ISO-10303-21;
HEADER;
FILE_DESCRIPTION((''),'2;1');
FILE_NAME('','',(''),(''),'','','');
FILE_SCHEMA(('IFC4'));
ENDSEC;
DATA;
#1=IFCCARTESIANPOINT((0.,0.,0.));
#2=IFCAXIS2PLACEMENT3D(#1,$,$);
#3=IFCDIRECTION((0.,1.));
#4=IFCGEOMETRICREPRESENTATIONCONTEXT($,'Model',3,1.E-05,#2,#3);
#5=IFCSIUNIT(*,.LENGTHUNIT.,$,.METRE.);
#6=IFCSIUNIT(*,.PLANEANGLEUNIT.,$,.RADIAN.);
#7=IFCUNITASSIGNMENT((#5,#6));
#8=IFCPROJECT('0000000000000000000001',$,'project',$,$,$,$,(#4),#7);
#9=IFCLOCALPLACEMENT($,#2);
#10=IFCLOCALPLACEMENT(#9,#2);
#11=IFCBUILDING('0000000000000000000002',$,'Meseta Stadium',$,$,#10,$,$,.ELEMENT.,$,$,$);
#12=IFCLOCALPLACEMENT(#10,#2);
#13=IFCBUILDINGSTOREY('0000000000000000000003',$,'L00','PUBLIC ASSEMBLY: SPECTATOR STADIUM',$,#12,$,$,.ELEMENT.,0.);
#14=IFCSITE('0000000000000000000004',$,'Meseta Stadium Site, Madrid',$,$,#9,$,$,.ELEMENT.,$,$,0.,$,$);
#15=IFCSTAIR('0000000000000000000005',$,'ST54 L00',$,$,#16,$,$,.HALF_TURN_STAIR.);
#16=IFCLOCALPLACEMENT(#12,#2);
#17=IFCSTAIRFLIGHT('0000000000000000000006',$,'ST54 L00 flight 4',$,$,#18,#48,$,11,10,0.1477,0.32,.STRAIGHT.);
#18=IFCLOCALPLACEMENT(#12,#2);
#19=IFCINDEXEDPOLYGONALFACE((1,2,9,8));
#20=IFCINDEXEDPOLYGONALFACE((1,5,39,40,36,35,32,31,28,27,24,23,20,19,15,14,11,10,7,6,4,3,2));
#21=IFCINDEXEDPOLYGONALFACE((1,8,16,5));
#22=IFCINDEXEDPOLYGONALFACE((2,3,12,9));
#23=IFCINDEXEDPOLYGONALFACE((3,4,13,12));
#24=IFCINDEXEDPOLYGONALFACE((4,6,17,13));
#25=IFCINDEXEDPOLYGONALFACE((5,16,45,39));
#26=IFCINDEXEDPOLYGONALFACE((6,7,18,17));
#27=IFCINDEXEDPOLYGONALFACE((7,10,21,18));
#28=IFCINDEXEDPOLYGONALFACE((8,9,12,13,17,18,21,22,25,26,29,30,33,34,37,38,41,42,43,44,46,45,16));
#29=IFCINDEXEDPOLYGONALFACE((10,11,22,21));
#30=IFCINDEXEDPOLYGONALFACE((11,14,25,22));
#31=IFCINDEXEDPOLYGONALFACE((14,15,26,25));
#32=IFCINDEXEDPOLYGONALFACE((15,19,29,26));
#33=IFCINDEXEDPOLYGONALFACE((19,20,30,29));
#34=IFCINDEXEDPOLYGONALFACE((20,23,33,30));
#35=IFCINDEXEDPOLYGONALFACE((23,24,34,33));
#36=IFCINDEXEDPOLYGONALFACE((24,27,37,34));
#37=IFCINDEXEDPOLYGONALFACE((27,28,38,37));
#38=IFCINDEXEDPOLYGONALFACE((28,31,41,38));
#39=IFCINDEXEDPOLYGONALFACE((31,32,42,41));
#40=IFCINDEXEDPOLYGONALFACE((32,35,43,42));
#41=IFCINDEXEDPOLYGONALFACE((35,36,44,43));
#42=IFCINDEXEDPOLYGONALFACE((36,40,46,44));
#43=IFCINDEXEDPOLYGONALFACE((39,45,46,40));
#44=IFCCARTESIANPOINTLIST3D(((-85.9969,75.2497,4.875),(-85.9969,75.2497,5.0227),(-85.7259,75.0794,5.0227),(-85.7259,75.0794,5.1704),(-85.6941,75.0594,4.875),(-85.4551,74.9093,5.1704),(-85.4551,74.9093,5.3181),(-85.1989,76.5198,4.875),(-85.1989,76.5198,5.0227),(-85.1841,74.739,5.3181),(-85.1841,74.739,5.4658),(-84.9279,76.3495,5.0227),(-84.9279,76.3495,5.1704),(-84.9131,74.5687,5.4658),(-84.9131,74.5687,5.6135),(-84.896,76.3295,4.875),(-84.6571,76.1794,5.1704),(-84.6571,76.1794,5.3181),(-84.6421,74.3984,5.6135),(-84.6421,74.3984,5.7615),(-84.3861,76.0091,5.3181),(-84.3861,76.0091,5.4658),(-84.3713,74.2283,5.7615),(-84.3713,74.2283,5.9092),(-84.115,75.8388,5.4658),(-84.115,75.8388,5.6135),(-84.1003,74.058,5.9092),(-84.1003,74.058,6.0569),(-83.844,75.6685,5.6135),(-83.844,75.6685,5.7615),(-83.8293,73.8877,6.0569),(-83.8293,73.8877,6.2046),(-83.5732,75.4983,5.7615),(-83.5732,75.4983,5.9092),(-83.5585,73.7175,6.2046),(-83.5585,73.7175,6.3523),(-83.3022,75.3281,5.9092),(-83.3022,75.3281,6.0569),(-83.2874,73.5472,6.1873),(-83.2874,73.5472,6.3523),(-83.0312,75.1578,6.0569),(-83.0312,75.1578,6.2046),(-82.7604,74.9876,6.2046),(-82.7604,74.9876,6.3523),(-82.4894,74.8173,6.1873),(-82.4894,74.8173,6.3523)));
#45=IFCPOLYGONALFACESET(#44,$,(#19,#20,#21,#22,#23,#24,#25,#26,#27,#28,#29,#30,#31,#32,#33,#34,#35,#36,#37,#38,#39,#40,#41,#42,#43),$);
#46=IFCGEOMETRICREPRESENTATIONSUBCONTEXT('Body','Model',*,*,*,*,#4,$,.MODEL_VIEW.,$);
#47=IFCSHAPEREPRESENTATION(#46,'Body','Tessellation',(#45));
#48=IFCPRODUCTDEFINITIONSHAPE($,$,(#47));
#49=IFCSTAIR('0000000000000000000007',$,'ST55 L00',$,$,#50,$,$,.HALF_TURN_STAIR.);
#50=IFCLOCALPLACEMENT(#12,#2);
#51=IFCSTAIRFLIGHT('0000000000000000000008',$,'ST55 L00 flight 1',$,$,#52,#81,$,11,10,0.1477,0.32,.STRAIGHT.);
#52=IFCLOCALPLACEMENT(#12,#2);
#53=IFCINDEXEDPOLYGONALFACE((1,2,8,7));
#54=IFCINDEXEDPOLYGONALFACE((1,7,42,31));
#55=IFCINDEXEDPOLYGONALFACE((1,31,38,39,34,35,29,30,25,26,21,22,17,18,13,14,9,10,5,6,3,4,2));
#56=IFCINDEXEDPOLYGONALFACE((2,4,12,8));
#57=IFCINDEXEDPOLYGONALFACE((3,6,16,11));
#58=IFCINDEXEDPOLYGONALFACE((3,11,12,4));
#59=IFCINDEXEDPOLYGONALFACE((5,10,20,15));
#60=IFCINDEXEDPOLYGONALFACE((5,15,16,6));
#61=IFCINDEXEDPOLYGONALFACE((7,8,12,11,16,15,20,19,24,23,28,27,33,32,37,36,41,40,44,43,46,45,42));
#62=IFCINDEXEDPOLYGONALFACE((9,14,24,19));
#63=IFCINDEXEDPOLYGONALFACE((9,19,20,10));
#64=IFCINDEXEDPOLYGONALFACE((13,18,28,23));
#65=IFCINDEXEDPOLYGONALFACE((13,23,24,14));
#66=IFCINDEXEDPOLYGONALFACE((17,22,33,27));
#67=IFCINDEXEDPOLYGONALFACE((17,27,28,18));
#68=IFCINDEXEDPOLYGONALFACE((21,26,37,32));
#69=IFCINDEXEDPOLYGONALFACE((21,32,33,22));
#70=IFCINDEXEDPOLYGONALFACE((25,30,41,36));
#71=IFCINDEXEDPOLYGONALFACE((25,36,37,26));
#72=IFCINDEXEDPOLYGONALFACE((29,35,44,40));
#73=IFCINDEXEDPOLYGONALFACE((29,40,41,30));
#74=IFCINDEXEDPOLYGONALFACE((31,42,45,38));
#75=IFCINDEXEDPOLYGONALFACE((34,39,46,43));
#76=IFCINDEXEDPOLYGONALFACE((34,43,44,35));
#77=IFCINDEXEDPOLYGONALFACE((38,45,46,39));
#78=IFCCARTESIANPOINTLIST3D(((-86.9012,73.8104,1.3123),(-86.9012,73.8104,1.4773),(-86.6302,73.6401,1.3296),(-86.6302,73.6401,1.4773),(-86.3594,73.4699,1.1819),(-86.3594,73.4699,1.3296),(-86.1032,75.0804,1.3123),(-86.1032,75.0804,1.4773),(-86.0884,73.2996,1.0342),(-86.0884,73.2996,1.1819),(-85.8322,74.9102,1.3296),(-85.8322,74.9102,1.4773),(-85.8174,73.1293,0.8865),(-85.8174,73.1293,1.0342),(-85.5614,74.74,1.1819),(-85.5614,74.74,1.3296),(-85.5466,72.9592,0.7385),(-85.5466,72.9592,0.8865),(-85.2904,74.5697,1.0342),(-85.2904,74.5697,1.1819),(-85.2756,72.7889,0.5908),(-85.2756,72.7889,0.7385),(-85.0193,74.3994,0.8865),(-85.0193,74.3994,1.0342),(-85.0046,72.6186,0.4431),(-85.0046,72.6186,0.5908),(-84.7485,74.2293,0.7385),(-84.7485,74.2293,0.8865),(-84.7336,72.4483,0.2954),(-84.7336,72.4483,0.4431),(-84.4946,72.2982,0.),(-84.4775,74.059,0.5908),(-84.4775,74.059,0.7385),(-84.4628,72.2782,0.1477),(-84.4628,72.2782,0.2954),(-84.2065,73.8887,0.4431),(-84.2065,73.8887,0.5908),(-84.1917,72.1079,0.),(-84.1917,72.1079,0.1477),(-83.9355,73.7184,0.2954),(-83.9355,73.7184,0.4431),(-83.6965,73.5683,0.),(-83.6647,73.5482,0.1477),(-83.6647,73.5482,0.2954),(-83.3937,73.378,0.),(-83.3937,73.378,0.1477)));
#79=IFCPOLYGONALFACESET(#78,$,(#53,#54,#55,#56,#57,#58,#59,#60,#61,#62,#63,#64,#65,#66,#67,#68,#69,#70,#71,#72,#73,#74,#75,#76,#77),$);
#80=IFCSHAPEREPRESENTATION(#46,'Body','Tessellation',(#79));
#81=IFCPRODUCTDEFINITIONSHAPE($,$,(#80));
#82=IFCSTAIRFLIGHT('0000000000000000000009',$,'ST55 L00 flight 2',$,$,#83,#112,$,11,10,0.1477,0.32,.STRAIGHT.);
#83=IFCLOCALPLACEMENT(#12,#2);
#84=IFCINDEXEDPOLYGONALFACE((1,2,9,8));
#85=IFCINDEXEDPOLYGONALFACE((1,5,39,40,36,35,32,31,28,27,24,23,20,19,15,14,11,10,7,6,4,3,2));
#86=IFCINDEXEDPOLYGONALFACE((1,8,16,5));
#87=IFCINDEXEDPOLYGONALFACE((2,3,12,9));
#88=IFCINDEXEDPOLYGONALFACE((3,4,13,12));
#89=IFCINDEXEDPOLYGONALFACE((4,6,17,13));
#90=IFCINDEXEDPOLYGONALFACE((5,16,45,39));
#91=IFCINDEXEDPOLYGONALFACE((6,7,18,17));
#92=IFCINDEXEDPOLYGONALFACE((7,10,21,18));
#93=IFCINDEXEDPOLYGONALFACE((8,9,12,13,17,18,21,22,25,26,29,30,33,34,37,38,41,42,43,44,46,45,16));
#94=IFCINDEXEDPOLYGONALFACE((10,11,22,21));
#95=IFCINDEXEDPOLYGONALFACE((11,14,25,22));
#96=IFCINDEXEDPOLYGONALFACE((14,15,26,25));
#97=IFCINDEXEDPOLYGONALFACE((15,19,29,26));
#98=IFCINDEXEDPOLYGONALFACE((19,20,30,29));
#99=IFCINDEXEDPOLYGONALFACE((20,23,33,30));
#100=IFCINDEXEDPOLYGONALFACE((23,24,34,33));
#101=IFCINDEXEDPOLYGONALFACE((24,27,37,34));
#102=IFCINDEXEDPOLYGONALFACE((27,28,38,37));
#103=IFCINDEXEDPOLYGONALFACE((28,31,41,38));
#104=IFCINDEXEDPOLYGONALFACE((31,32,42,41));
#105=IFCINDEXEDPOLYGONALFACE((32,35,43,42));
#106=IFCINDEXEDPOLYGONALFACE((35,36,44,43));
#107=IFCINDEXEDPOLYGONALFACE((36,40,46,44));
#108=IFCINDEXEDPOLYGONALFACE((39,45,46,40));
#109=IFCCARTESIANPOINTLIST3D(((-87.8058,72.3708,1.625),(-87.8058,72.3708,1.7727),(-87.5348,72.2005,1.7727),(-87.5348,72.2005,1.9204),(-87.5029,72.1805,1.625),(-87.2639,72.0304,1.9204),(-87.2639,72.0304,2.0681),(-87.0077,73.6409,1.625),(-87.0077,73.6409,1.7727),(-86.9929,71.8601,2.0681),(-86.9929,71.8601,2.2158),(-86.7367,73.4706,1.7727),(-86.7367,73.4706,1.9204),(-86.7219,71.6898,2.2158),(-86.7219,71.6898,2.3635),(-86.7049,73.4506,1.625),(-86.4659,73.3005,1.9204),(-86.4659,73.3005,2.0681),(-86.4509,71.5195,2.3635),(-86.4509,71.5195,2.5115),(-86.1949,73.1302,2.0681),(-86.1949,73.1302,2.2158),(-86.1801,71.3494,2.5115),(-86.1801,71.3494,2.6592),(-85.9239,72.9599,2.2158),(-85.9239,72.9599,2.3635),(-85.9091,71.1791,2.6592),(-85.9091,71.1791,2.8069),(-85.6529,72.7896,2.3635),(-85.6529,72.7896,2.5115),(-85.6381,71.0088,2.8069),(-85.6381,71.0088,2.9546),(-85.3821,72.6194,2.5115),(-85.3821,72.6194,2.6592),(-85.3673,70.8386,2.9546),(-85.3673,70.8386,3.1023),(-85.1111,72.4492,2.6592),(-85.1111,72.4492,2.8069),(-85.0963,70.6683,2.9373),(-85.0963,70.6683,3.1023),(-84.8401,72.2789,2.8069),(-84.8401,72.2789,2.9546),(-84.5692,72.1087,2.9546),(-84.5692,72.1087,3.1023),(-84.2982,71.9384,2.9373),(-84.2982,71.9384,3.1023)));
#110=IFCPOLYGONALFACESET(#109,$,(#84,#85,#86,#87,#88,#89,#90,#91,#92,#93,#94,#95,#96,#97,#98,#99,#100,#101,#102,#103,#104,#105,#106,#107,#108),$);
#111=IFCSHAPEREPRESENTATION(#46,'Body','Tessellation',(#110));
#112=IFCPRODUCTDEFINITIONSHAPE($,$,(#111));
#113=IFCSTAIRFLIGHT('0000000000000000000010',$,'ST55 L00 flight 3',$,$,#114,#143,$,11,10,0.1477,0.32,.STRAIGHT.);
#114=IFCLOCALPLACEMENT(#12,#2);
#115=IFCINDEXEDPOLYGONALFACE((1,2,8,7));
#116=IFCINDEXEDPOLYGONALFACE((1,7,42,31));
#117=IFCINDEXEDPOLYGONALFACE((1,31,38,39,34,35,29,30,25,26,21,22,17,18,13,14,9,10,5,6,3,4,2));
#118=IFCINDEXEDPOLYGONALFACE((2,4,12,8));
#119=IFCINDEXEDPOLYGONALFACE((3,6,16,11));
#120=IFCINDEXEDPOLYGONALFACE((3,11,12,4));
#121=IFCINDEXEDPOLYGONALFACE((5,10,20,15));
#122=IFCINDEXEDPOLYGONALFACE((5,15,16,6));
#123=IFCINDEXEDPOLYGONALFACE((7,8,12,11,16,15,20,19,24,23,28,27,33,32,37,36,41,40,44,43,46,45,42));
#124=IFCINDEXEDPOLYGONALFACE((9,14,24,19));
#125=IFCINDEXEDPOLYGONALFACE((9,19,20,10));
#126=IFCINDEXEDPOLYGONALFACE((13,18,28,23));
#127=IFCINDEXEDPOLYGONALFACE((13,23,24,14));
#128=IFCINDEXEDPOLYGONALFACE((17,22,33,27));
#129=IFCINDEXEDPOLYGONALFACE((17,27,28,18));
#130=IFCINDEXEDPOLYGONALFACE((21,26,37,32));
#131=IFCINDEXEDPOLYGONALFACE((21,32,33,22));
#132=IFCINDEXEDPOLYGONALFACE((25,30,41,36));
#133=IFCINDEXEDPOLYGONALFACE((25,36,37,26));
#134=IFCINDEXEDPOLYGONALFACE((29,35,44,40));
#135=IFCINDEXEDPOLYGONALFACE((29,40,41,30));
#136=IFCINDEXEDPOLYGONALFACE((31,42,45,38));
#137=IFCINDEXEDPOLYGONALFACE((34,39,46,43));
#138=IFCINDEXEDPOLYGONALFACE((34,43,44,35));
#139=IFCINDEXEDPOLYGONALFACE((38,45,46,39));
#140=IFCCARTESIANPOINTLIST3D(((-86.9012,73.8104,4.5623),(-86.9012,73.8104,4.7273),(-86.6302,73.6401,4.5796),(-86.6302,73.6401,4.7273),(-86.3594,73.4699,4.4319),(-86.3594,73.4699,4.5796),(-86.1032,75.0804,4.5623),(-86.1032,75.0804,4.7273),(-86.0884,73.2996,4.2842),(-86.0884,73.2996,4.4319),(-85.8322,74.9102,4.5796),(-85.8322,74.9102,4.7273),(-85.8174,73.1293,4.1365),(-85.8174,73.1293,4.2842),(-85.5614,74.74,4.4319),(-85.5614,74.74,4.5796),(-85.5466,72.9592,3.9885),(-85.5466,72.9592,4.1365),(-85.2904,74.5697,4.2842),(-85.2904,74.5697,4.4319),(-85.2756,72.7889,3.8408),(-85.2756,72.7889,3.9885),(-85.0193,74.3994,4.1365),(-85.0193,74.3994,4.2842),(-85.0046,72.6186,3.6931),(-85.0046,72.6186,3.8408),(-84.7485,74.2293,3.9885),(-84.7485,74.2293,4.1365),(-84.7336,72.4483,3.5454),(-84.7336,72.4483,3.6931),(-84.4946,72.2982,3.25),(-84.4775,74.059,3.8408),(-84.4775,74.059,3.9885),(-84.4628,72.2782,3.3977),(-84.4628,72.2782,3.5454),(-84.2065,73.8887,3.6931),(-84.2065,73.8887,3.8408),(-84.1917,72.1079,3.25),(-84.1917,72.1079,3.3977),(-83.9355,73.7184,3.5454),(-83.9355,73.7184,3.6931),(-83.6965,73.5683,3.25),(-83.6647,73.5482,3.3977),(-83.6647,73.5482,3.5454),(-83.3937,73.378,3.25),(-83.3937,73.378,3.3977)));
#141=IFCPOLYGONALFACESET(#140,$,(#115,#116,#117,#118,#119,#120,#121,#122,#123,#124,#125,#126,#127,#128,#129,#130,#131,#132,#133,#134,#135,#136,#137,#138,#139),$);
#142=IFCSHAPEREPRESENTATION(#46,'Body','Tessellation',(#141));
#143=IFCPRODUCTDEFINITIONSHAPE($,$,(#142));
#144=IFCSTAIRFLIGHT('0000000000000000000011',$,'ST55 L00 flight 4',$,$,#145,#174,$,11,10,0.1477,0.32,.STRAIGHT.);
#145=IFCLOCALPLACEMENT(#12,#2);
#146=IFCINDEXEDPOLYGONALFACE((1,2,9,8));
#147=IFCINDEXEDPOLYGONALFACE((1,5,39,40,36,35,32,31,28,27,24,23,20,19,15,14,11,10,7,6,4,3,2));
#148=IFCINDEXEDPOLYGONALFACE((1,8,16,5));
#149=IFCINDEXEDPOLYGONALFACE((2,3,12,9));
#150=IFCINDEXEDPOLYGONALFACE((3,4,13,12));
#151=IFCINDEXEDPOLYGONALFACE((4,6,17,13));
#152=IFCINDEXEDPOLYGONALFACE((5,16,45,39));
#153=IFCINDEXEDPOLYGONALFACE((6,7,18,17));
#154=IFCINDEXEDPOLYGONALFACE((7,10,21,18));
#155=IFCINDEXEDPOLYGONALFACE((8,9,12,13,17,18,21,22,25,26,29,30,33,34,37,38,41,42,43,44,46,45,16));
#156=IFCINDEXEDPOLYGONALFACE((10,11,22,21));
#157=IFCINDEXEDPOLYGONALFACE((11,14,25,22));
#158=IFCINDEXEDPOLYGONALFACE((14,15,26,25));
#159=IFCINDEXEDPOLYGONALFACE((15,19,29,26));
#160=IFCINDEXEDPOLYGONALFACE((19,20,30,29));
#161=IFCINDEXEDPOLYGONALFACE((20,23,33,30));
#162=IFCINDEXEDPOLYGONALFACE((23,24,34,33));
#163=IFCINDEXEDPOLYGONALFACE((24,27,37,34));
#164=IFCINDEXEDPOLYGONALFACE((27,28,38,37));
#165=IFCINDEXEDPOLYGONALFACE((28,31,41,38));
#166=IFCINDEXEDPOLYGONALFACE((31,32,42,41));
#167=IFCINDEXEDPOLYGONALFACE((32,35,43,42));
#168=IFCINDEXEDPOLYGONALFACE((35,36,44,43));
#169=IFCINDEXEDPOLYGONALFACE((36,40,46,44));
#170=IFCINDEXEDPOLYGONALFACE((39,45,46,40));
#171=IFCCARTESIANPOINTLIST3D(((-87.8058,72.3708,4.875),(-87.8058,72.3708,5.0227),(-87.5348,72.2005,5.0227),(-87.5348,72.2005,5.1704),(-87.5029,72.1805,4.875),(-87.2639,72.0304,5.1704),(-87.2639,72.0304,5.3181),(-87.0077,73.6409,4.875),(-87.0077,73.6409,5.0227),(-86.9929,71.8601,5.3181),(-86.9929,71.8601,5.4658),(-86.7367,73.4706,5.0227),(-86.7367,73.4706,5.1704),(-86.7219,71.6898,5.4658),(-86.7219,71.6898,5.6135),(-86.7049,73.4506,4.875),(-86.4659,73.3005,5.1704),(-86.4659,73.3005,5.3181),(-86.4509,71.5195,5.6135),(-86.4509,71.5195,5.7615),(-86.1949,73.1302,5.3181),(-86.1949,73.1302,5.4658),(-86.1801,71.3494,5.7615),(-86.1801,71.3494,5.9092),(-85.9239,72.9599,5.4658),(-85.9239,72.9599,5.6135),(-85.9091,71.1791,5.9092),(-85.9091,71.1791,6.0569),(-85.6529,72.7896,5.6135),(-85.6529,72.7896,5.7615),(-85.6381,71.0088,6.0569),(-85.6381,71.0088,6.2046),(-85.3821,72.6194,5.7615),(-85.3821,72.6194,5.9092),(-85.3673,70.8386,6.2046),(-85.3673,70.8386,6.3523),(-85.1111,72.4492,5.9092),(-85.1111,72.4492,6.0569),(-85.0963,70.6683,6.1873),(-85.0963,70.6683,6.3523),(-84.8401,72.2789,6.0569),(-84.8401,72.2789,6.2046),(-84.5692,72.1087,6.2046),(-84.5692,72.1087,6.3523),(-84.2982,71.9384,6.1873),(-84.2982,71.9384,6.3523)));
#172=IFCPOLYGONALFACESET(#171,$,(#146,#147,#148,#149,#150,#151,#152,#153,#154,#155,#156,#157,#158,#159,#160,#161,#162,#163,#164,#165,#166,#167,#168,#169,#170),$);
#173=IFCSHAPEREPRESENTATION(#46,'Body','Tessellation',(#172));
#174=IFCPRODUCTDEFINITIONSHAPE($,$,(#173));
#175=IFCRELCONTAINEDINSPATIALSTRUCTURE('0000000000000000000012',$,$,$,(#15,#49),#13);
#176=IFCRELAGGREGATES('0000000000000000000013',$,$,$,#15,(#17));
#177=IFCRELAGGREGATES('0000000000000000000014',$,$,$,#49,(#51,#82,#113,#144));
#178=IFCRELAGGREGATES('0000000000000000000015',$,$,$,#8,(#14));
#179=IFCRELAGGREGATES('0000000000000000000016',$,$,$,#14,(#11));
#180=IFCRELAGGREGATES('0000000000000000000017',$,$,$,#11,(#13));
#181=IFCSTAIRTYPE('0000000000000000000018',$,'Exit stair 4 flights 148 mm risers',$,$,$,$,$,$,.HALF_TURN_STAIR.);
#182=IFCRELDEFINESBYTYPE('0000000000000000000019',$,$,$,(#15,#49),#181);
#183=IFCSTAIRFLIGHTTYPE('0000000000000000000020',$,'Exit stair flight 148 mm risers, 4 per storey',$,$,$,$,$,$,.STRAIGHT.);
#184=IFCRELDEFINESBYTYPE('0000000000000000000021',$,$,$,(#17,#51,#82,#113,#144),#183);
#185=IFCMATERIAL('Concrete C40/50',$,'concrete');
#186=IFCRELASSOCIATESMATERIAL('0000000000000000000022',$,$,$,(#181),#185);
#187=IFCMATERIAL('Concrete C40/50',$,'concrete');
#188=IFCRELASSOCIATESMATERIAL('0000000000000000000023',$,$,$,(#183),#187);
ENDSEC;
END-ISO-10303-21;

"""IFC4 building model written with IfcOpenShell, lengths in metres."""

from ifc_helpers import new_model, si_unit, direction, frame, origin, place, context, subcontext, project, spatial, polyline, outline, extrude, material, type_object, element, aggregate, save


model = new_model("IFC4")

# Units and contexts
model_context = context("Model", 3, precision=1e-05, world=origin(), true_north=direction((0.0, 1.0)))
body_context = subcontext(model_context, "Body", "Model", "MODEL_VIEW")
ifc_project = project(units=[si_unit("LENGTHUNIT", "METRE"), si_unit("PLANEANGLEUNIT", "RADIAN")], contexts=[model_context])

# Site, building, storey
site_placement = place(None, origin())
site = spatial("IfcSite", under=ifc_project, at=site_placement, Name="Meseta Stadium Site, Madrid", CompositionType="ELEMENT", RefElevation=0.0)
building_placement = place(site_placement, origin())
building = spatial("IfcBuilding", under=site, at=building_placement, Name="Meseta Stadium", CompositionType="ELEMENT")
storey_placement = place(building_placement, origin())
storey = spatial("IfcBuildingStorey", under=building, at=storey_placement, Name="L00", Description="PUBLIC ASSEMBLY: SPECTATOR STADIUM", CompositionType="ELEMENT", Elevation=0.0)

# Stairs, stair flights
ifc_material_1 = material(Name="Concrete C40/50", Category="concrete")
stair_type = type_object("IfcStairType", Name="Exit stair 4 flights 148 mm risers", PredefinedType="HALF_TURN_STAIR", material=ifc_material_1)
ifc_material_2 = material(Name="Concrete C40/50", Category="concrete")
stair_flight_type = type_object("IfcStairFlightType", Name="Exit stair flight 148 mm risers, 4 per storey", PredefinedType="STRAIGHT", material=ifc_material_2)
stair_1_placement = place(storey_placement, origin())
stair_1 = element("IfcStair", 1, at=stair_1_placement, inside=storey, type_object=stair_type, Name="ST54 L00", PredefinedType="HALF_TURN_STAIR")
stair_flight_1_placement = place(storey_placement, frame((-85.5979, 75.8848, 4.875), z_axis=(0.0, 0.0, 1.0), x_axis=(0.846724, -0.532032, 0.0)))
stair_flight_1 = element("IfcStairFlight", 2, at=stair_flight_1_placement, type_object=stair_flight_type, Name="ST54 L00 flight 4", NumberOfRisers=11, NumberOfTreads=10, PredefinedType="STRAIGHT", RiserHeight=0.1477, TreadLength=0.32, context=body_context, shape_type="SweptSolid", body=[
    extrude(outline(polyline([(0.0, 0.0), (0.0, 0.1477), (0.3201, 0.1477), (0.3201, 0.2954), (0.6399, 0.2954), (0.6399, 0.4431), (0.96, 0.4431), (0.96, 0.5908), (1.28, 0.5908), (1.28, 0.7385), (1.6001, 0.7385), (1.6001, 0.8865), (1.9199, 0.8865), (1.9199, 1.0342), (2.24, 1.0342), (2.24, 1.1819), (2.5601, 1.1819), (2.5601, 1.3296), (2.8799, 1.3296), (2.8799, 1.4773), (3.2, 1.4773), (3.2, 1.3123), (0.3577, 0.0), (0.0, 0.0)])), frame((0.0, 0.75, 0.0), z_axis=(0.0, -1.0, 0.0), x_axis=(1.0, 0.0, 0.0)), (0.0, 0.0, 1.0), 1.5),
])
aggregate(stair_1, [stair_flight_1])
stair_2_placement = place(storey_placement, origin())
stair_2 = element("IfcStair", 3, at=stair_2_placement, inside=storey, type_object=stair_type, Name="ST55 L00", PredefinedType="HALF_TURN_STAIR")
stair_flight_2_placement = place(storey_placement, frame((-83.7927, 72.7429, 0.0), z_axis=(0.0, 0.0, 1.0), x_axis=(-0.846724, 0.532032, 0.0)))
stair_flight_2 = element("IfcStairFlight", 4, at=stair_flight_2_placement, type_object=stair_flight_type, Name="ST55 L00 flight 1", NumberOfRisers=11, NumberOfTreads=10, PredefinedType="STRAIGHT", RiserHeight=0.1477, TreadLength=0.32, context=body_context, shape_type="SweptSolid", body=[
    extrude(outline(polyline([(0.0, 0.0), (0.0, 0.1477), (0.3201, 0.1477), (0.3201, 0.2954), (0.6399, 0.2954), (0.6399, 0.4431), (0.96, 0.4431), (0.96, 0.5908), (1.28, 0.5908), (1.28, 0.7385), (1.6001, 0.7385), (1.6001, 0.8865), (1.9199, 0.8865), (1.9199, 1.0342), (2.24, 1.0342), (2.24, 1.1819), (2.5601, 1.1819), (2.5601, 1.3296), (2.8799, 1.3296), (2.8799, 1.4773), (3.2, 1.4773), (3.2, 1.3123), (0.3577, 0.0), (0.0, 0.0)])), frame((0.0, 0.75, 0.0), z_axis=(0.0, -1.0, 0.0), x_axis=(1.0, 0.0, 0.0)), (0.0, 0.0, 1.0), 1.5),
])
stair_flight_3_placement = place(storey_placement, frame((-87.4067, 73.0059, 1.625), z_axis=(0.0, 0.0, 1.0), x_axis=(0.846724, -0.532032, 0.0)))
stair_flight_3 = element("IfcStairFlight", 5, at=stair_flight_3_placement, type_object=stair_flight_type, Name="ST55 L00 flight 2", NumberOfRisers=11, NumberOfTreads=10, PredefinedType="STRAIGHT", RiserHeight=0.1477, TreadLength=0.32, context=body_context, shape_type="SweptSolid", body=[
    extrude(outline(polyline([(0.0, 0.0), (0.0, 0.1477), (0.3201, 0.1477), (0.3201, 0.2954), (0.6399, 0.2954), (0.6399, 0.4431), (0.96, 0.4431), (0.96, 0.5908), (1.28, 0.5908), (1.28, 0.7385), (1.6001, 0.7385), (1.6001, 0.8865), (1.9199, 0.8865), (1.9199, 1.0342), (2.24, 1.0342), (2.24, 1.1819), (2.5601, 1.1819), (2.5601, 1.3296), (2.8799, 1.3296), (2.8799, 1.4773), (3.2, 1.4773), (3.2, 1.3123), (0.3577, 0.0), (0.0, 0.0)])), frame((0.0, 0.75, 0.0), z_axis=(0.0, -1.0, 0.0), x_axis=(1.0, 0.0, 0.0)), (0.0, 0.0, 1.0), 1.5),
])
stair_flight_4_placement = place(storey_placement, frame((-83.7927, 72.7429, 3.25), z_axis=(0.0, 0.0, 1.0), x_axis=(-0.846724, 0.532032, 0.0)))
stair_flight_4 = element("IfcStairFlight", 6, at=stair_flight_4_placement, type_object=stair_flight_type, Name="ST55 L00 flight 3", NumberOfRisers=11, NumberOfTreads=10, PredefinedType="STRAIGHT", RiserHeight=0.1477, TreadLength=0.32, context=body_context, shape_type="SweptSolid", body=[
    extrude(outline(polyline([(0.0, 0.0), (0.0, 0.1477), (0.3201, 0.1477), (0.3201, 0.2954), (0.6399, 0.2954), (0.6399, 0.4431), (0.96, 0.4431), (0.96, 0.5908), (1.28, 0.5908), (1.28, 0.7385), (1.6001, 0.7385), (1.6001, 0.8865), (1.9199, 0.8865), (1.9199, 1.0342), (2.24, 1.0342), (2.24, 1.1819), (2.5601, 1.1819), (2.5601, 1.3296), (2.8799, 1.3296), (2.8799, 1.4773), (3.2, 1.4773), (3.2, 1.3123), (0.3577, 0.0), (0.0, 0.0)])), frame((0.0, 0.75, 0.0), z_axis=(0.0, -1.0, 0.0), x_axis=(1.0, 0.0, 0.0)), (0.0, 0.0, 1.0), 1.5),
])
stair_flight_5_placement = place(storey_placement, frame((-87.4067, 73.0059, 4.875), z_axis=(0.0, 0.0, 1.0), x_axis=(0.846724, -0.532032, 0.0)))
stair_flight_5 = element("IfcStairFlight", 7, at=stair_flight_5_placement, type_object=stair_flight_type, Name="ST55 L00 flight 4", NumberOfRisers=11, NumberOfTreads=10, PredefinedType="STRAIGHT", RiserHeight=0.1477, TreadLength=0.32, context=body_context, shape_type="SweptSolid", body=[
    extrude(outline(polyline([(0.0, 0.0), (0.0, 0.1477), (0.3201, 0.1477), (0.3201, 0.2954), (0.6399, 0.2954), (0.6399, 0.4431), (0.96, 0.4431), (0.96, 0.5908), (1.28, 0.5908), (1.28, 0.7385), (1.6001, 0.7385), (1.6001, 0.8865), (1.9199, 0.8865), (1.9199, 1.0342), (2.24, 1.0342), (2.24, 1.1819), (2.5601, 1.1819), (2.5601, 1.3296), (2.8799, 1.3296), (2.8799, 1.4773), (3.2, 1.4773), (3.2, 1.3123), (0.3577, 0.0), (0.0, 0.0)])), frame((0.0, 0.75, 0.0), z_axis=(0.0, -1.0, 0.0), x_axis=(1.0, 0.0, 0.0)), (0.0, 0.0, 1.0), 1.5),
])
aggregate(stair_2, [stair_flight_2, stair_flight_3, stair_flight_4, stair_flight_5])

save(model, "model.ifc")
